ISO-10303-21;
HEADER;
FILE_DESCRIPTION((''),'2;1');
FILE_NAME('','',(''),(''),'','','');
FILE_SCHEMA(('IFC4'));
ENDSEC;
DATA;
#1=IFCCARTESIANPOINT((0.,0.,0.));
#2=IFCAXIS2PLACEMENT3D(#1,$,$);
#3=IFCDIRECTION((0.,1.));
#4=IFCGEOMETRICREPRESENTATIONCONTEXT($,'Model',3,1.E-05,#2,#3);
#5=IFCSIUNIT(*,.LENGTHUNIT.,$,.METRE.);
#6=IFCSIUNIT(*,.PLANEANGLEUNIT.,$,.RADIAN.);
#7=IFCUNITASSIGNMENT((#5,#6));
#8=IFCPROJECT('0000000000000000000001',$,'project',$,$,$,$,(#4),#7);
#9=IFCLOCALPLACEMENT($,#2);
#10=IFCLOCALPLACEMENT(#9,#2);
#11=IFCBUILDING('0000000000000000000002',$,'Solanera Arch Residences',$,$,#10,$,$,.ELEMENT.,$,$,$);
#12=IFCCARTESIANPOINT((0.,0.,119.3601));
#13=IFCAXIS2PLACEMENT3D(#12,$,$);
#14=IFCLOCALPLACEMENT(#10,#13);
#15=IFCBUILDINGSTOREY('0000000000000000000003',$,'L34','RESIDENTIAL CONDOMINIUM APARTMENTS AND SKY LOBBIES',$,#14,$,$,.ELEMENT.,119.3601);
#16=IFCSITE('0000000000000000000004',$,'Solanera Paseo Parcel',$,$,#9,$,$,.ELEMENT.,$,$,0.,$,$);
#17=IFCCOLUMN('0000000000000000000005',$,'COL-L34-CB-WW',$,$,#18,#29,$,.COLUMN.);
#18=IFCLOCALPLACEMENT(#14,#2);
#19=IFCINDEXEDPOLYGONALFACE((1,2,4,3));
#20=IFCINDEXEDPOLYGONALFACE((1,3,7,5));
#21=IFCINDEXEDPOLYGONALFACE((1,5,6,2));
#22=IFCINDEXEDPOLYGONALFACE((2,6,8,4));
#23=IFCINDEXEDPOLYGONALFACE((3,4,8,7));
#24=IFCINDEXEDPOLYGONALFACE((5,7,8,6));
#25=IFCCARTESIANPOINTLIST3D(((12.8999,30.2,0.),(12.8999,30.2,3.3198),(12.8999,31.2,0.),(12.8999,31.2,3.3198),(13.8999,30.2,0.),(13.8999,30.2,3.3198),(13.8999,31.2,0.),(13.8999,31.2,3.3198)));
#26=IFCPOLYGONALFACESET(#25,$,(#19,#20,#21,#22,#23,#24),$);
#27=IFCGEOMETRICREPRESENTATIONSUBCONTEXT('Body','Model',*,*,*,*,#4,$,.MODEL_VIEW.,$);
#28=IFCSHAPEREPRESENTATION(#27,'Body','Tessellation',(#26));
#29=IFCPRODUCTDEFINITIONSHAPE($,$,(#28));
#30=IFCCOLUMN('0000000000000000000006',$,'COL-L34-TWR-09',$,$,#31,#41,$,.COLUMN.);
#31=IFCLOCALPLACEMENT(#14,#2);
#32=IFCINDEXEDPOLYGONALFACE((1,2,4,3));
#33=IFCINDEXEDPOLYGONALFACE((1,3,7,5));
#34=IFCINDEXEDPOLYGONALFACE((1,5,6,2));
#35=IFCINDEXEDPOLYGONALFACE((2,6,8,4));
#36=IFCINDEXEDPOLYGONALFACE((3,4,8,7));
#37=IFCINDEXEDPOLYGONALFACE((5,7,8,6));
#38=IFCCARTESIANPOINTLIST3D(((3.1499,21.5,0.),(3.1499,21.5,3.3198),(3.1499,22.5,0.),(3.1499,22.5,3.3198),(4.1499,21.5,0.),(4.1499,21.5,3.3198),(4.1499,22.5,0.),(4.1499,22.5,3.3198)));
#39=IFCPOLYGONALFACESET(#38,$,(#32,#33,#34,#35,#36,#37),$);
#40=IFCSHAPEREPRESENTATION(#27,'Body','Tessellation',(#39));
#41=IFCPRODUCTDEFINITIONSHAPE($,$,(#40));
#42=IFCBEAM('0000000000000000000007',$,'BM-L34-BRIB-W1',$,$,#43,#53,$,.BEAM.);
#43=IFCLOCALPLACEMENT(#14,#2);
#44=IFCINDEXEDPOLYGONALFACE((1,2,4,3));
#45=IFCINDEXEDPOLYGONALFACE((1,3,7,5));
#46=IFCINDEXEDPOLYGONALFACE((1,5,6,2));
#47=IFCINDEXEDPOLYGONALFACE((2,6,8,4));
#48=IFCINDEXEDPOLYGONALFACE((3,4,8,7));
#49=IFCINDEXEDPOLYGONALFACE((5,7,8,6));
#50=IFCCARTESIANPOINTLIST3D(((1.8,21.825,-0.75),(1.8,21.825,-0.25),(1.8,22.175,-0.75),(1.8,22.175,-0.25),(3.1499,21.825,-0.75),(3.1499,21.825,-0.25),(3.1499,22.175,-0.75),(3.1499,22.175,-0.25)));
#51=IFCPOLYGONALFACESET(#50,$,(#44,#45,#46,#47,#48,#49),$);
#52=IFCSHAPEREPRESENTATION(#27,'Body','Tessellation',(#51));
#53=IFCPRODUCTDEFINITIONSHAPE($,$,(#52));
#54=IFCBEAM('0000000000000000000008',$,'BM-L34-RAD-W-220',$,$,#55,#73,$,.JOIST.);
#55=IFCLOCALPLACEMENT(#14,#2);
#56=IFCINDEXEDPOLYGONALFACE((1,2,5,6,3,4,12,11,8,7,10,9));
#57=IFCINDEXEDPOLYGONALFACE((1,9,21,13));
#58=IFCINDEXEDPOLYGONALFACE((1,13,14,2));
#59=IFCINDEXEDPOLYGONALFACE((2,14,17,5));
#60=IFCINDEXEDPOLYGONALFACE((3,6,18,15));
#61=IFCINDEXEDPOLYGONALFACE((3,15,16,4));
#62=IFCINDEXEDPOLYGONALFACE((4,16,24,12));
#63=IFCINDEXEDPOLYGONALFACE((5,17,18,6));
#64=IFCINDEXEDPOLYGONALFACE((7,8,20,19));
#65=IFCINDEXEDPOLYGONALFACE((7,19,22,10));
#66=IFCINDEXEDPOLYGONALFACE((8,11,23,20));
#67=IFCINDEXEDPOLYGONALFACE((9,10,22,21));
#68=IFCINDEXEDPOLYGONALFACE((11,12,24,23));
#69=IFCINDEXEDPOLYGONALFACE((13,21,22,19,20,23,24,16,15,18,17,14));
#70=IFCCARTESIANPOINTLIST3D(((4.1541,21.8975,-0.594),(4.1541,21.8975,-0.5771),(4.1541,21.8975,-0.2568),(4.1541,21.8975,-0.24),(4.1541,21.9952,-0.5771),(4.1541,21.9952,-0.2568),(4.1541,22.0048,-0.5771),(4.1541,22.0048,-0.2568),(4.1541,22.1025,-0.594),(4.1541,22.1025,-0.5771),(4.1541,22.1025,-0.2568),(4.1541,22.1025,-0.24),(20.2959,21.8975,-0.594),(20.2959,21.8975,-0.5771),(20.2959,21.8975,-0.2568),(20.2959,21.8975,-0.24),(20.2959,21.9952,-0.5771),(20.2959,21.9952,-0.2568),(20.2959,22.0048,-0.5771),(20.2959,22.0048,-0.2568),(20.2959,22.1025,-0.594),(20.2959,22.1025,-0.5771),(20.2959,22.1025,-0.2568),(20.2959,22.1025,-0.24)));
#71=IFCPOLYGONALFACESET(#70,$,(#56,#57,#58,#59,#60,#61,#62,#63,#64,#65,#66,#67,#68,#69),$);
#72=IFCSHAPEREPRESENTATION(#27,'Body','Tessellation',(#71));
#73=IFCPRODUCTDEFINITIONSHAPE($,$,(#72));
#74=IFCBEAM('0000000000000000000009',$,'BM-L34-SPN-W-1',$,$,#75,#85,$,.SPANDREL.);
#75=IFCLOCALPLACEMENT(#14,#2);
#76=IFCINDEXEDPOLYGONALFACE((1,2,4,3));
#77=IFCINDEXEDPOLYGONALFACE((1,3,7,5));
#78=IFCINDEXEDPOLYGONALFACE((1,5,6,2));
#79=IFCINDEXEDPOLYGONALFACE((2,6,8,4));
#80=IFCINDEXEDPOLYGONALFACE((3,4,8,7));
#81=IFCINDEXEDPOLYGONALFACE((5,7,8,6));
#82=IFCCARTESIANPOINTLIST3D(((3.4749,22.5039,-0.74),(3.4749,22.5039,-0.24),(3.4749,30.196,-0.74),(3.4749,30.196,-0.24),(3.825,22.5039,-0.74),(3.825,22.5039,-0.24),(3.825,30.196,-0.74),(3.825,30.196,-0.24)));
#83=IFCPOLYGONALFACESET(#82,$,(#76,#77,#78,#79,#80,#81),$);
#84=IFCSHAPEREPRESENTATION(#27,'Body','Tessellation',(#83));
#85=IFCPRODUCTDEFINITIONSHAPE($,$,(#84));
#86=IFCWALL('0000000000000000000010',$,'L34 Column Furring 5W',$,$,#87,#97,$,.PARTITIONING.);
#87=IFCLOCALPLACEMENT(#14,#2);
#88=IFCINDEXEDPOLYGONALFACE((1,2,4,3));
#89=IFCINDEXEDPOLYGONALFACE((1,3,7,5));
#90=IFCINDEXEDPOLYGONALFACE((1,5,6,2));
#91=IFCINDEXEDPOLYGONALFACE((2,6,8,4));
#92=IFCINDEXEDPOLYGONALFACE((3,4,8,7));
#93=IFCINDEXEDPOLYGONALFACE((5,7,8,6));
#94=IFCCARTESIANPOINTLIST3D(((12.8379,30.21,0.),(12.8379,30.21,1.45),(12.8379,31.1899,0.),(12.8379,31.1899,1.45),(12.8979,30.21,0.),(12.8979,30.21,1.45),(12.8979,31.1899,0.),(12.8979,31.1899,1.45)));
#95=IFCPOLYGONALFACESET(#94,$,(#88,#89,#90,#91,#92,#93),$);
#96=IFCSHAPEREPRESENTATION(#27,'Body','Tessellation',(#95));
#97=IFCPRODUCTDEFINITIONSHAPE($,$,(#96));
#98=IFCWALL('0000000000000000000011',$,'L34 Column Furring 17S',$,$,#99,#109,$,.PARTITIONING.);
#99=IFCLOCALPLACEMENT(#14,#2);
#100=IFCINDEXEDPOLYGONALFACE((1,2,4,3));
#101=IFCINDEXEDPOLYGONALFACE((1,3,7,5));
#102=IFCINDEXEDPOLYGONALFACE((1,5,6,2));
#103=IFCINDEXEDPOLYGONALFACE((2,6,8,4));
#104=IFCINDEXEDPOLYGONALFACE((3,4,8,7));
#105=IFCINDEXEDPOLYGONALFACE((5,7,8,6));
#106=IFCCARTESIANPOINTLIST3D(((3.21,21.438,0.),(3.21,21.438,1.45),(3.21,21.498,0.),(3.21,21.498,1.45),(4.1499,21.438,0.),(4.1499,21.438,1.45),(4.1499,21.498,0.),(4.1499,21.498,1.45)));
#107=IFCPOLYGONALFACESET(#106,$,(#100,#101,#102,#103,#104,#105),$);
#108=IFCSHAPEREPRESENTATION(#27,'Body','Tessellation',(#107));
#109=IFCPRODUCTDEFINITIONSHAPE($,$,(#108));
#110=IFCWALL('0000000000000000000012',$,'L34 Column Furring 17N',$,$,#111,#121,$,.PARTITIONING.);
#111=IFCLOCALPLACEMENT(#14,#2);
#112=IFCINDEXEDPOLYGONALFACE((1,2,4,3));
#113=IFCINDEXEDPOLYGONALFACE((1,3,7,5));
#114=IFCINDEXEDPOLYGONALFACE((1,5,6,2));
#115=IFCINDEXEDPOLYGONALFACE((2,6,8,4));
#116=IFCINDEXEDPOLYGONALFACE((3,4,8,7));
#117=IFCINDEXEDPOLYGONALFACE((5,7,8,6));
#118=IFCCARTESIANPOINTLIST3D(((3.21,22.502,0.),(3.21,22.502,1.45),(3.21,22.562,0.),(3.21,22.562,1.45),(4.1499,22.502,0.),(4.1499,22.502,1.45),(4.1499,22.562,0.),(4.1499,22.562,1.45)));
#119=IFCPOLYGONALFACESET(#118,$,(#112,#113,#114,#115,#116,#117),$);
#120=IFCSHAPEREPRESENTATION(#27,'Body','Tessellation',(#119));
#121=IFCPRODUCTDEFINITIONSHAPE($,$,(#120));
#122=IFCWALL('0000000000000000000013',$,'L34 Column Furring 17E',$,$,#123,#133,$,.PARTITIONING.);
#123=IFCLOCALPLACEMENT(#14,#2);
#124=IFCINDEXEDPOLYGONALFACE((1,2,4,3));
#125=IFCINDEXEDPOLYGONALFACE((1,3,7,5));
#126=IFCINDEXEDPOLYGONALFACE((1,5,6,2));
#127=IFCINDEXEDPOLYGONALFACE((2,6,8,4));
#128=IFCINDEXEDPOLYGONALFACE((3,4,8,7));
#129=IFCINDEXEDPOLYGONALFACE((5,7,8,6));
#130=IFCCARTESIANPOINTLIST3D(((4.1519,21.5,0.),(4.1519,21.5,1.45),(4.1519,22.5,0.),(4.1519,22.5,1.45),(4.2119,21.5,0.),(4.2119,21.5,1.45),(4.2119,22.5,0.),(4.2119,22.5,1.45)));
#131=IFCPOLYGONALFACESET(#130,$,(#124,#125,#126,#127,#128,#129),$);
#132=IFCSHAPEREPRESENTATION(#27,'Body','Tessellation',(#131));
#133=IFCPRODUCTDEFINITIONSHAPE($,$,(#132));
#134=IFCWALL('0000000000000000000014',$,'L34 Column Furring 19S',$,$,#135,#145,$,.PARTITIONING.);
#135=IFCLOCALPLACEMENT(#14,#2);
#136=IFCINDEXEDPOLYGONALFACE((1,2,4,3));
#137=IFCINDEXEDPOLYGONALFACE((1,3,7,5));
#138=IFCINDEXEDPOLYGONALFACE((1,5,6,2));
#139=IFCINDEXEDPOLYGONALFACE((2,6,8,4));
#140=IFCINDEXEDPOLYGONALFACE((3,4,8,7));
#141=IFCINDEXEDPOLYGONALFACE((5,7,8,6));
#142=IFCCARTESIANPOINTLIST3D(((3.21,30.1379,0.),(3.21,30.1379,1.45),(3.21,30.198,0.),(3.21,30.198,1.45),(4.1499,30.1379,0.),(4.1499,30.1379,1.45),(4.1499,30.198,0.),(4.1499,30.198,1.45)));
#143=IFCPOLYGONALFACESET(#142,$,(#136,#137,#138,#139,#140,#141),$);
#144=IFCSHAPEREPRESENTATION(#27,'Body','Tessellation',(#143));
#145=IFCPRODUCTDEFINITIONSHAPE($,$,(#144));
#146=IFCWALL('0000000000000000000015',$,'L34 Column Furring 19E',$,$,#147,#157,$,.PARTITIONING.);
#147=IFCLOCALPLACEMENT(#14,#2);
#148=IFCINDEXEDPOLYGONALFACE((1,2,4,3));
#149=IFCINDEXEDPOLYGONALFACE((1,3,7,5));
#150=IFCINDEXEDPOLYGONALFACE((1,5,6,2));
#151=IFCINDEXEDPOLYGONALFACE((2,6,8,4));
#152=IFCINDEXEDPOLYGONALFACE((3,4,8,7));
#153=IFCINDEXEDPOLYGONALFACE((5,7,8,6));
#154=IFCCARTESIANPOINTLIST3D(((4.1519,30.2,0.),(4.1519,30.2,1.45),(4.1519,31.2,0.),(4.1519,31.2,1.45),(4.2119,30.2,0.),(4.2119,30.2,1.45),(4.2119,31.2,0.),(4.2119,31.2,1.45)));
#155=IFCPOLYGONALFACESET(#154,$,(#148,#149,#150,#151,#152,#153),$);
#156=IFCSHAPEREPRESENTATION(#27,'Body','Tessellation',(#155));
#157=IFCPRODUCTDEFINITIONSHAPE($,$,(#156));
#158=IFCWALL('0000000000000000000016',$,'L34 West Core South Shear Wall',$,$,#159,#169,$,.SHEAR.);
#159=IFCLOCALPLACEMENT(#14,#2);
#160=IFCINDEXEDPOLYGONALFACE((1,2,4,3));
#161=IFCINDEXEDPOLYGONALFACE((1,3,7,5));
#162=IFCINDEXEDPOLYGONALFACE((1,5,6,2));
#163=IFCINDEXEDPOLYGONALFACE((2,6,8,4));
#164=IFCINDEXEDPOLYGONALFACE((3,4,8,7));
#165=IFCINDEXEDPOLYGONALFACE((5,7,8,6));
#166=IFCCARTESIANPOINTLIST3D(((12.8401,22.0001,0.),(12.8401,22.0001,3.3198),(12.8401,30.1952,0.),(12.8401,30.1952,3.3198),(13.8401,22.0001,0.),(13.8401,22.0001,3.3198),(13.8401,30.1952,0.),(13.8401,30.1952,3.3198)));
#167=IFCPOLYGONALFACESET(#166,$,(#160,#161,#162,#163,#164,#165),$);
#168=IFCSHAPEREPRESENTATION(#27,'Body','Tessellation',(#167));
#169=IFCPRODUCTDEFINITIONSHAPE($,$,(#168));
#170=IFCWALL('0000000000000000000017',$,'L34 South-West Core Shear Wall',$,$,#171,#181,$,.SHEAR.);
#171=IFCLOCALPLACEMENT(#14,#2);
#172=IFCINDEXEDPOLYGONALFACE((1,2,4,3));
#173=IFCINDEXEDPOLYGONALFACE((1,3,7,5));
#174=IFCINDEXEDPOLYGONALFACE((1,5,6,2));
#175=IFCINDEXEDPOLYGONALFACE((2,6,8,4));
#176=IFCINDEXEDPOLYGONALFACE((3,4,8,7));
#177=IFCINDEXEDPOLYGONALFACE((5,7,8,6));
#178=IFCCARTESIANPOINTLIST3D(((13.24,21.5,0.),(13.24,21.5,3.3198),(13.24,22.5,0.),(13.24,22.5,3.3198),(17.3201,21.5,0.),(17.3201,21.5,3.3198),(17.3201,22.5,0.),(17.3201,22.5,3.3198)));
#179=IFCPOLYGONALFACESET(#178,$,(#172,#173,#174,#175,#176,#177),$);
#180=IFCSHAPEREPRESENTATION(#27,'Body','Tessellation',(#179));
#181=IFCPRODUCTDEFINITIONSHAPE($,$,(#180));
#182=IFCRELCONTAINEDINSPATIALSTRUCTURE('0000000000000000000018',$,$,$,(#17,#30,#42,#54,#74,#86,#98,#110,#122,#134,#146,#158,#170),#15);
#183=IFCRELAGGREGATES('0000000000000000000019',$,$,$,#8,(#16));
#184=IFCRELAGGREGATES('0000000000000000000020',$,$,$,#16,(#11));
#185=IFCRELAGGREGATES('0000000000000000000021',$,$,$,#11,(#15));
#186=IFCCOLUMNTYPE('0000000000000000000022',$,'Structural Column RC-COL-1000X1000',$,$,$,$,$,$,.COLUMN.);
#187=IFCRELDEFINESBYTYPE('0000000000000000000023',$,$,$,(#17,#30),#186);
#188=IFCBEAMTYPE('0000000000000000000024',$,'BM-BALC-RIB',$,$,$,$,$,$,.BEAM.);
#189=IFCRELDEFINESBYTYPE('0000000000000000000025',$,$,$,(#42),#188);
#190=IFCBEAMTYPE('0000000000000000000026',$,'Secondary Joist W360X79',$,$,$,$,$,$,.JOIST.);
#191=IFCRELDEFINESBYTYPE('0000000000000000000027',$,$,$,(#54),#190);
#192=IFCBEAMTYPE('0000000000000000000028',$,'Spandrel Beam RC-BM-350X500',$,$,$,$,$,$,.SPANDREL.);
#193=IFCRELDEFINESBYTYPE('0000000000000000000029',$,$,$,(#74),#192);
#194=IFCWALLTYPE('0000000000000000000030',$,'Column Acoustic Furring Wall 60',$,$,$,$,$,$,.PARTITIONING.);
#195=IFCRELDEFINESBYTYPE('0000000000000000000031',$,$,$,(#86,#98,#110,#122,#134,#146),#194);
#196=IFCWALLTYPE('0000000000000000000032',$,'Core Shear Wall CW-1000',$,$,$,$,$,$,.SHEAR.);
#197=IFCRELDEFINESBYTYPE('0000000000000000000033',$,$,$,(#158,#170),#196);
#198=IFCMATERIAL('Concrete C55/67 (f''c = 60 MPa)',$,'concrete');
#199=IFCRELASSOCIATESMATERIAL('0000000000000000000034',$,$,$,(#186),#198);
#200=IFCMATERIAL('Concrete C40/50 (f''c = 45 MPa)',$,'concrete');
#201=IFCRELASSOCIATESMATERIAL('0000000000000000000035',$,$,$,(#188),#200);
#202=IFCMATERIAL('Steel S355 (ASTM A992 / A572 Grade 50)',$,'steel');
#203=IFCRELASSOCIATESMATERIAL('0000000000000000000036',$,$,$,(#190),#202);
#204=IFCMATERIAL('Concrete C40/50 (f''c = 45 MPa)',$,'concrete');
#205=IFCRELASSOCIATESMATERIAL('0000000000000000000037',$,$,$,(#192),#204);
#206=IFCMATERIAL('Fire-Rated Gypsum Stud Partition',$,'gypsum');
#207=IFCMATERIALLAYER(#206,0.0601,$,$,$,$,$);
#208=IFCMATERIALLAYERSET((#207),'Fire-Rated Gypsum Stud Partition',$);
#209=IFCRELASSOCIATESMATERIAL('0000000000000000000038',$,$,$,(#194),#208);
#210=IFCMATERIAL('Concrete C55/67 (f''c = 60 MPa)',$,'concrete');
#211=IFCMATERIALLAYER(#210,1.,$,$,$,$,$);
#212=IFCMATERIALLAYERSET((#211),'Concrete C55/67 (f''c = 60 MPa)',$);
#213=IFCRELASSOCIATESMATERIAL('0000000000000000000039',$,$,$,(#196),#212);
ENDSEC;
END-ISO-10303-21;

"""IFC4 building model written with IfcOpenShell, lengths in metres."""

from ifc_helpers import new_model, si_unit, direction, frame, frame_2d, origin, origin_2d, place, context, subcontext, project, spatial, rectangle, i_section, extrude, material, layer, layer_set, material_profile, profile_set, type_object, element, save


model = new_model("IFC4")

# Units and contexts
model_context = context("Model", 3, precision=1e-05, world=origin(), true_north=direction((0.0, 1.0)))
body_context = subcontext(model_context, "Body", "Model", "MODEL_VIEW")
ifc_project = project(units=[si_unit("LENGTHUNIT", "METRE"), si_unit("PLANEANGLEUNIT", "RADIAN")], contexts=[model_context])

# Site, building, storey
site_placement = place(None, origin())
site = spatial("IfcSite", under=ifc_project, at=site_placement, Name="Solanera Paseo Parcel", CompositionType="ELEMENT", RefElevation=0.0)
building_placement = place(site_placement, origin())
building = spatial("IfcBuilding", under=site, at=building_placement, Name="Solanera Arch Residences", CompositionType="ELEMENT")
storey_placement = place(building_placement, frame((0.0, 0.0, 119.3601)))
storey = spatial("IfcBuildingStorey", under=building, at=storey_placement, Name="L34", Description="RESIDENTIAL CONDOMINIUM APARTMENTS AND SKY LOBBIES", CompositionType="ELEMENT", Elevation=119.3601)

# Columns
ifc_material_1 = material(Name="Concrete C55/67 (f'c = 60 MPa)", Category="concrete")
ifc_material_profile_1 = material_profile(ifc_material_1, rectangle(XDim=1.0, YDim=1.0, at=origin_2d()))
ifc_profile_set_1 = profile_set([ifc_material_profile_1], Name="Concrete C55/67 (f'c = 60 MPa)")
column_type = type_object("IfcColumnType", Name="Structural Column RC-COL-1000X1000", PredefinedType="COLUMN", material=ifc_profile_set_1)
for number, where, z_axis, x_axis, name in (
    (1, (13.3999, 30.7, 0.0), (0.0, 0.0, 1.0), (1.0, 0.0, 0.0), "COL-L34-CB-WW"),
    (2, (3.6499, 22.0, 0.0), (0.0, 0.0, 1.0), (1.0, 0.0, 0.0), "COL-L34-TWR-09"),
):
    element("IfcColumn", number, at=place(storey_placement, frame(where, z_axis=z_axis, x_axis=x_axis)), inside=storey, type_object=column_type, Name=name, PredefinedType="COLUMN", context=body_context, shape_type="SweptSolid", body=[
        extrude(rectangle(XDim=1.0, YDim=1.0, at=origin_2d()), origin(), (0.0, 0.0, 1.0), 3.3198),
    ])

# Beams
ifc_material_2 = material(Name="Concrete C40/50 (f'c = 45 MPa)", Category="concrete")
ifc_material_profile_2 = material_profile(ifc_material_2, rectangle(XDim=0.3501, YDim=0.5, at=origin_2d()))
ifc_profile_set_2 = profile_set([ifc_material_profile_2], Name="Concrete C40/50 (f'c = 45 MPa)")
beam_type_1 = type_object("IfcBeamType", Name="BM-BALC-RIB", PredefinedType="BEAM", material=ifc_profile_set_2)
beam_1_placement = place(storey_placement, frame((1.8, 22.0, -0.5), z_axis=(1.0, 0.0, 0.0), x_axis=(0.0, 1.0, 0.0)))
element("IfcBeam", 3, at=beam_1_placement, inside=storey, type_object=beam_type_1, Name="BM-L34-BRIB-W1", PredefinedType="BEAM", context=body_context, shape_type="SweptSolid", body=[
    extrude(rectangle(XDim=0.3501, YDim=0.5, at=origin_2d()), origin(), (0.0, 0.0, 1.0), 1.3499),
])
ifc_material_3 = material(Name="Steel S355 (ASTM A992 / A572 Grade 50)", Category="steel")
ifc_material_profile_3 = material_profile(ifc_material_3, i_section(OverallWidth=0.2051, OverallDepth=0.354, WebThickness=0.0095, FlangeThickness=0.0168, at=origin_2d()))
ifc_profile_set_3 = profile_set([ifc_material_profile_3], Name="Steel S355 (ASTM A992 / A572 Grade 50)")
beam_type_2 = type_object("IfcBeamType", Name="Secondary Joist W360X79", PredefinedType="JOIST", material=ifc_profile_set_3)
beam_2_placement = place(storey_placement, frame((4.1541, 22.0, -0.417), z_axis=(1.0, 0.0, 0.0), x_axis=(0.0, 1.0, 0.0)))
element("IfcBeam", 4, at=beam_2_placement, inside=storey, type_object=beam_type_2, Name="BM-L34-RAD-W-220", PredefinedType="JOIST", context=body_context, shape_type="SweptSolid", body=[
    extrude(i_section(OverallWidth=0.2051, OverallDepth=0.354, WebThickness=0.0095, FlangeThickness=0.0168, at=origin_2d()), origin(), (0.0, 0.0, 1.0), 16.1418),
])
ifc_material_4 = material(Name="Concrete C40/50 (f'c = 45 MPa)", Category="concrete")
ifc_material_profile_4 = material_profile(ifc_material_4, rectangle(XDim=0.3501, YDim=0.5, at=origin_2d()))
ifc_profile_set_4 = profile_set([ifc_material_profile_4], Name="Concrete C40/50 (f'c = 45 MPa)")
beam_type_3 = type_object("IfcBeamType", Name="Spandrel Beam RC-BM-350X500", PredefinedType="SPANDREL", material=ifc_profile_set_4)
beam_3_placement = place(storey_placement, frame((3.6499, 22.5039, -0.49), z_axis=(0.0, 1.0, 0.0), x_axis=(-1.0, 0.0, 0.0)))
element("IfcBeam", 5, at=beam_3_placement, inside=storey, type_object=beam_type_3, Name="BM-L34-SPN-W-1", PredefinedType="SPANDREL", context=body_context, shape_type="SweptSolid", body=[
    extrude(rectangle(XDim=0.3501, YDim=0.5, at=origin_2d()), origin(), (0.0, 0.0, 1.0), 7.6921),
])

# Walls
ifc_material_5 = material(Name="Fire-Rated Gypsum Stud Partition", Category="gypsum")
ifc_layer_1 = layer(ifc_material_5, 0.0601)
ifc_layer_set_1 = layer_set([ifc_layer_1], Name="Fire-Rated Gypsum Stud Partition")
wall_type_1 = type_object("IfcWallType", Name="Column Acoustic Furring Wall 60", PredefinedType="PARTITIONING", material=ifc_layer_set_1)
wall_1_placement = place(storey_placement, frame((12.8679, 30.21, 0.0), z_axis=(0.0, 0.0, 1.0), x_axis=(0.0, 1.0, 0.0)))
element("IfcWall", 6, at=wall_1_placement, inside=storey, type_object=wall_type_1, Name="L34 Column Furring 5W", PredefinedType="PARTITIONING", context=body_context, shape_type="SweptSolid", body=[
    extrude(rectangle(XDim=0.98, YDim=0.0601, at=frame_2d((0.49, 0.0))), origin(), (0.0, 0.0, 1.0), 1.45),
])
for number, where, z_axis, x_axis, name in (
    (7, (3.21, 21.468, 0.0), (0.0, 0.0, 1.0), (1.0, 0.0, 0.0), "L34 Column Furring 17S"),
    (8, (3.21, 22.532, 0.0), (0.0, 0.0, 1.0), (1.0, 0.0, 0.0), "L34 Column Furring 17N"),
):
    element("IfcWall", number, at=place(storey_placement, frame(where, z_axis=z_axis, x_axis=x_axis)), inside=storey, type_object=wall_type_1, Name=name, PredefinedType="PARTITIONING", context=body_context, shape_type="SweptSolid", body=[
        extrude(rectangle(XDim=0.9399, YDim=0.0601, at=frame_2d((0.47, 0.0))), origin(), (0.0, 0.0, 1.0), 1.45),
    ])
wall_2_placement = place(storey_placement, frame((4.1819, 21.5, 0.0), z_axis=(0.0, 0.0, 1.0), x_axis=(0.0, 1.0, 0.0)))
element("IfcWall", 9, at=wall_2_placement, inside=storey, type_object=wall_type_1, Name="L34 Column Furring 17E", PredefinedType="PARTITIONING", context=body_context, shape_type="SweptSolid", body=[
    extrude(rectangle(XDim=1.0, YDim=0.0601, at=frame_2d((0.5, 0.0))), origin(), (0.0, 0.0, 1.0), 1.45),
])
wall_3_placement = place(storey_placement, frame((3.21, 30.168, 0.0), z_axis=(0.0, 0.0, 1.0), x_axis=(1.0, 0.0, 0.0)))
element("IfcWall", 10, at=wall_3_placement, inside=storey, type_object=wall_type_1, Name="L34 Column Furring 19S", PredefinedType="PARTITIONING", context=body_context, shape_type="SweptSolid", body=[
    extrude(rectangle(XDim=0.9399, YDim=0.0601, at=frame_2d((0.47, 0.0))), origin(), (0.0, 0.0, 1.0), 1.45),
])
wall_4_placement = place(storey_placement, frame((4.1819, 30.2, 0.0), z_axis=(0.0, 0.0, 1.0), x_axis=(0.0, 1.0, 0.0)))
element("IfcWall", 11, at=wall_4_placement, inside=storey, type_object=wall_type_1, Name="L34 Column Furring 19E", PredefinedType="PARTITIONING", context=body_context, shape_type="SweptSolid", body=[
    extrude(rectangle(XDim=1.0, YDim=0.0601, at=frame_2d((0.5, 0.0))), origin(), (0.0, 0.0, 1.0), 1.45),
])
ifc_material_6 = material(Name="Concrete C55/67 (f'c = 60 MPa)", Category="concrete")
ifc_layer_2 = layer(ifc_material_6, 1.0)
ifc_layer_set_2 = layer_set([ifc_layer_2], Name="Concrete C55/67 (f'c = 60 MPa)")
wall_type_2 = type_object("IfcWallType", Name="Core Shear Wall CW-1000", PredefinedType="SHEAR", material=ifc_layer_set_2)
wall_5_placement = place(storey_placement, frame((13.3401, 22.0, 0.0), z_axis=(0.0, 0.0, 1.0), x_axis=(0.0, 1.0, 0.0)))
element("IfcWall", 12, at=wall_5_placement, inside=storey, type_object=wall_type_2, Name="L34 West Core South Shear Wall", PredefinedType="SHEAR", context=body_context, shape_type="SweptSolid", body=[
    extrude(rectangle(XDim=8.1951, YDim=1.0, at=frame_2d((4.0977, 0.0))), origin(), (0.0, 0.0, 1.0), 3.3198),
])
wall_6_placement = place(storey_placement, frame((13.24, 22.0, 0.0), z_axis=(0.0, 0.0, 1.0), x_axis=(1.0, 0.0, 0.0)))
element("IfcWall", 13, at=wall_6_placement, inside=storey, type_object=wall_type_2, Name="L34 South-West Core Shear Wall", PredefinedType="SHEAR", context=body_context, shape_type="SweptSolid", body=[
    extrude(rectangle(XDim=4.0801, YDim=1.0, at=frame_2d((2.04, 0.0))), origin(), (0.0, 0.0, 1.0), 3.3198),
])

save(model, "model.ifc")
